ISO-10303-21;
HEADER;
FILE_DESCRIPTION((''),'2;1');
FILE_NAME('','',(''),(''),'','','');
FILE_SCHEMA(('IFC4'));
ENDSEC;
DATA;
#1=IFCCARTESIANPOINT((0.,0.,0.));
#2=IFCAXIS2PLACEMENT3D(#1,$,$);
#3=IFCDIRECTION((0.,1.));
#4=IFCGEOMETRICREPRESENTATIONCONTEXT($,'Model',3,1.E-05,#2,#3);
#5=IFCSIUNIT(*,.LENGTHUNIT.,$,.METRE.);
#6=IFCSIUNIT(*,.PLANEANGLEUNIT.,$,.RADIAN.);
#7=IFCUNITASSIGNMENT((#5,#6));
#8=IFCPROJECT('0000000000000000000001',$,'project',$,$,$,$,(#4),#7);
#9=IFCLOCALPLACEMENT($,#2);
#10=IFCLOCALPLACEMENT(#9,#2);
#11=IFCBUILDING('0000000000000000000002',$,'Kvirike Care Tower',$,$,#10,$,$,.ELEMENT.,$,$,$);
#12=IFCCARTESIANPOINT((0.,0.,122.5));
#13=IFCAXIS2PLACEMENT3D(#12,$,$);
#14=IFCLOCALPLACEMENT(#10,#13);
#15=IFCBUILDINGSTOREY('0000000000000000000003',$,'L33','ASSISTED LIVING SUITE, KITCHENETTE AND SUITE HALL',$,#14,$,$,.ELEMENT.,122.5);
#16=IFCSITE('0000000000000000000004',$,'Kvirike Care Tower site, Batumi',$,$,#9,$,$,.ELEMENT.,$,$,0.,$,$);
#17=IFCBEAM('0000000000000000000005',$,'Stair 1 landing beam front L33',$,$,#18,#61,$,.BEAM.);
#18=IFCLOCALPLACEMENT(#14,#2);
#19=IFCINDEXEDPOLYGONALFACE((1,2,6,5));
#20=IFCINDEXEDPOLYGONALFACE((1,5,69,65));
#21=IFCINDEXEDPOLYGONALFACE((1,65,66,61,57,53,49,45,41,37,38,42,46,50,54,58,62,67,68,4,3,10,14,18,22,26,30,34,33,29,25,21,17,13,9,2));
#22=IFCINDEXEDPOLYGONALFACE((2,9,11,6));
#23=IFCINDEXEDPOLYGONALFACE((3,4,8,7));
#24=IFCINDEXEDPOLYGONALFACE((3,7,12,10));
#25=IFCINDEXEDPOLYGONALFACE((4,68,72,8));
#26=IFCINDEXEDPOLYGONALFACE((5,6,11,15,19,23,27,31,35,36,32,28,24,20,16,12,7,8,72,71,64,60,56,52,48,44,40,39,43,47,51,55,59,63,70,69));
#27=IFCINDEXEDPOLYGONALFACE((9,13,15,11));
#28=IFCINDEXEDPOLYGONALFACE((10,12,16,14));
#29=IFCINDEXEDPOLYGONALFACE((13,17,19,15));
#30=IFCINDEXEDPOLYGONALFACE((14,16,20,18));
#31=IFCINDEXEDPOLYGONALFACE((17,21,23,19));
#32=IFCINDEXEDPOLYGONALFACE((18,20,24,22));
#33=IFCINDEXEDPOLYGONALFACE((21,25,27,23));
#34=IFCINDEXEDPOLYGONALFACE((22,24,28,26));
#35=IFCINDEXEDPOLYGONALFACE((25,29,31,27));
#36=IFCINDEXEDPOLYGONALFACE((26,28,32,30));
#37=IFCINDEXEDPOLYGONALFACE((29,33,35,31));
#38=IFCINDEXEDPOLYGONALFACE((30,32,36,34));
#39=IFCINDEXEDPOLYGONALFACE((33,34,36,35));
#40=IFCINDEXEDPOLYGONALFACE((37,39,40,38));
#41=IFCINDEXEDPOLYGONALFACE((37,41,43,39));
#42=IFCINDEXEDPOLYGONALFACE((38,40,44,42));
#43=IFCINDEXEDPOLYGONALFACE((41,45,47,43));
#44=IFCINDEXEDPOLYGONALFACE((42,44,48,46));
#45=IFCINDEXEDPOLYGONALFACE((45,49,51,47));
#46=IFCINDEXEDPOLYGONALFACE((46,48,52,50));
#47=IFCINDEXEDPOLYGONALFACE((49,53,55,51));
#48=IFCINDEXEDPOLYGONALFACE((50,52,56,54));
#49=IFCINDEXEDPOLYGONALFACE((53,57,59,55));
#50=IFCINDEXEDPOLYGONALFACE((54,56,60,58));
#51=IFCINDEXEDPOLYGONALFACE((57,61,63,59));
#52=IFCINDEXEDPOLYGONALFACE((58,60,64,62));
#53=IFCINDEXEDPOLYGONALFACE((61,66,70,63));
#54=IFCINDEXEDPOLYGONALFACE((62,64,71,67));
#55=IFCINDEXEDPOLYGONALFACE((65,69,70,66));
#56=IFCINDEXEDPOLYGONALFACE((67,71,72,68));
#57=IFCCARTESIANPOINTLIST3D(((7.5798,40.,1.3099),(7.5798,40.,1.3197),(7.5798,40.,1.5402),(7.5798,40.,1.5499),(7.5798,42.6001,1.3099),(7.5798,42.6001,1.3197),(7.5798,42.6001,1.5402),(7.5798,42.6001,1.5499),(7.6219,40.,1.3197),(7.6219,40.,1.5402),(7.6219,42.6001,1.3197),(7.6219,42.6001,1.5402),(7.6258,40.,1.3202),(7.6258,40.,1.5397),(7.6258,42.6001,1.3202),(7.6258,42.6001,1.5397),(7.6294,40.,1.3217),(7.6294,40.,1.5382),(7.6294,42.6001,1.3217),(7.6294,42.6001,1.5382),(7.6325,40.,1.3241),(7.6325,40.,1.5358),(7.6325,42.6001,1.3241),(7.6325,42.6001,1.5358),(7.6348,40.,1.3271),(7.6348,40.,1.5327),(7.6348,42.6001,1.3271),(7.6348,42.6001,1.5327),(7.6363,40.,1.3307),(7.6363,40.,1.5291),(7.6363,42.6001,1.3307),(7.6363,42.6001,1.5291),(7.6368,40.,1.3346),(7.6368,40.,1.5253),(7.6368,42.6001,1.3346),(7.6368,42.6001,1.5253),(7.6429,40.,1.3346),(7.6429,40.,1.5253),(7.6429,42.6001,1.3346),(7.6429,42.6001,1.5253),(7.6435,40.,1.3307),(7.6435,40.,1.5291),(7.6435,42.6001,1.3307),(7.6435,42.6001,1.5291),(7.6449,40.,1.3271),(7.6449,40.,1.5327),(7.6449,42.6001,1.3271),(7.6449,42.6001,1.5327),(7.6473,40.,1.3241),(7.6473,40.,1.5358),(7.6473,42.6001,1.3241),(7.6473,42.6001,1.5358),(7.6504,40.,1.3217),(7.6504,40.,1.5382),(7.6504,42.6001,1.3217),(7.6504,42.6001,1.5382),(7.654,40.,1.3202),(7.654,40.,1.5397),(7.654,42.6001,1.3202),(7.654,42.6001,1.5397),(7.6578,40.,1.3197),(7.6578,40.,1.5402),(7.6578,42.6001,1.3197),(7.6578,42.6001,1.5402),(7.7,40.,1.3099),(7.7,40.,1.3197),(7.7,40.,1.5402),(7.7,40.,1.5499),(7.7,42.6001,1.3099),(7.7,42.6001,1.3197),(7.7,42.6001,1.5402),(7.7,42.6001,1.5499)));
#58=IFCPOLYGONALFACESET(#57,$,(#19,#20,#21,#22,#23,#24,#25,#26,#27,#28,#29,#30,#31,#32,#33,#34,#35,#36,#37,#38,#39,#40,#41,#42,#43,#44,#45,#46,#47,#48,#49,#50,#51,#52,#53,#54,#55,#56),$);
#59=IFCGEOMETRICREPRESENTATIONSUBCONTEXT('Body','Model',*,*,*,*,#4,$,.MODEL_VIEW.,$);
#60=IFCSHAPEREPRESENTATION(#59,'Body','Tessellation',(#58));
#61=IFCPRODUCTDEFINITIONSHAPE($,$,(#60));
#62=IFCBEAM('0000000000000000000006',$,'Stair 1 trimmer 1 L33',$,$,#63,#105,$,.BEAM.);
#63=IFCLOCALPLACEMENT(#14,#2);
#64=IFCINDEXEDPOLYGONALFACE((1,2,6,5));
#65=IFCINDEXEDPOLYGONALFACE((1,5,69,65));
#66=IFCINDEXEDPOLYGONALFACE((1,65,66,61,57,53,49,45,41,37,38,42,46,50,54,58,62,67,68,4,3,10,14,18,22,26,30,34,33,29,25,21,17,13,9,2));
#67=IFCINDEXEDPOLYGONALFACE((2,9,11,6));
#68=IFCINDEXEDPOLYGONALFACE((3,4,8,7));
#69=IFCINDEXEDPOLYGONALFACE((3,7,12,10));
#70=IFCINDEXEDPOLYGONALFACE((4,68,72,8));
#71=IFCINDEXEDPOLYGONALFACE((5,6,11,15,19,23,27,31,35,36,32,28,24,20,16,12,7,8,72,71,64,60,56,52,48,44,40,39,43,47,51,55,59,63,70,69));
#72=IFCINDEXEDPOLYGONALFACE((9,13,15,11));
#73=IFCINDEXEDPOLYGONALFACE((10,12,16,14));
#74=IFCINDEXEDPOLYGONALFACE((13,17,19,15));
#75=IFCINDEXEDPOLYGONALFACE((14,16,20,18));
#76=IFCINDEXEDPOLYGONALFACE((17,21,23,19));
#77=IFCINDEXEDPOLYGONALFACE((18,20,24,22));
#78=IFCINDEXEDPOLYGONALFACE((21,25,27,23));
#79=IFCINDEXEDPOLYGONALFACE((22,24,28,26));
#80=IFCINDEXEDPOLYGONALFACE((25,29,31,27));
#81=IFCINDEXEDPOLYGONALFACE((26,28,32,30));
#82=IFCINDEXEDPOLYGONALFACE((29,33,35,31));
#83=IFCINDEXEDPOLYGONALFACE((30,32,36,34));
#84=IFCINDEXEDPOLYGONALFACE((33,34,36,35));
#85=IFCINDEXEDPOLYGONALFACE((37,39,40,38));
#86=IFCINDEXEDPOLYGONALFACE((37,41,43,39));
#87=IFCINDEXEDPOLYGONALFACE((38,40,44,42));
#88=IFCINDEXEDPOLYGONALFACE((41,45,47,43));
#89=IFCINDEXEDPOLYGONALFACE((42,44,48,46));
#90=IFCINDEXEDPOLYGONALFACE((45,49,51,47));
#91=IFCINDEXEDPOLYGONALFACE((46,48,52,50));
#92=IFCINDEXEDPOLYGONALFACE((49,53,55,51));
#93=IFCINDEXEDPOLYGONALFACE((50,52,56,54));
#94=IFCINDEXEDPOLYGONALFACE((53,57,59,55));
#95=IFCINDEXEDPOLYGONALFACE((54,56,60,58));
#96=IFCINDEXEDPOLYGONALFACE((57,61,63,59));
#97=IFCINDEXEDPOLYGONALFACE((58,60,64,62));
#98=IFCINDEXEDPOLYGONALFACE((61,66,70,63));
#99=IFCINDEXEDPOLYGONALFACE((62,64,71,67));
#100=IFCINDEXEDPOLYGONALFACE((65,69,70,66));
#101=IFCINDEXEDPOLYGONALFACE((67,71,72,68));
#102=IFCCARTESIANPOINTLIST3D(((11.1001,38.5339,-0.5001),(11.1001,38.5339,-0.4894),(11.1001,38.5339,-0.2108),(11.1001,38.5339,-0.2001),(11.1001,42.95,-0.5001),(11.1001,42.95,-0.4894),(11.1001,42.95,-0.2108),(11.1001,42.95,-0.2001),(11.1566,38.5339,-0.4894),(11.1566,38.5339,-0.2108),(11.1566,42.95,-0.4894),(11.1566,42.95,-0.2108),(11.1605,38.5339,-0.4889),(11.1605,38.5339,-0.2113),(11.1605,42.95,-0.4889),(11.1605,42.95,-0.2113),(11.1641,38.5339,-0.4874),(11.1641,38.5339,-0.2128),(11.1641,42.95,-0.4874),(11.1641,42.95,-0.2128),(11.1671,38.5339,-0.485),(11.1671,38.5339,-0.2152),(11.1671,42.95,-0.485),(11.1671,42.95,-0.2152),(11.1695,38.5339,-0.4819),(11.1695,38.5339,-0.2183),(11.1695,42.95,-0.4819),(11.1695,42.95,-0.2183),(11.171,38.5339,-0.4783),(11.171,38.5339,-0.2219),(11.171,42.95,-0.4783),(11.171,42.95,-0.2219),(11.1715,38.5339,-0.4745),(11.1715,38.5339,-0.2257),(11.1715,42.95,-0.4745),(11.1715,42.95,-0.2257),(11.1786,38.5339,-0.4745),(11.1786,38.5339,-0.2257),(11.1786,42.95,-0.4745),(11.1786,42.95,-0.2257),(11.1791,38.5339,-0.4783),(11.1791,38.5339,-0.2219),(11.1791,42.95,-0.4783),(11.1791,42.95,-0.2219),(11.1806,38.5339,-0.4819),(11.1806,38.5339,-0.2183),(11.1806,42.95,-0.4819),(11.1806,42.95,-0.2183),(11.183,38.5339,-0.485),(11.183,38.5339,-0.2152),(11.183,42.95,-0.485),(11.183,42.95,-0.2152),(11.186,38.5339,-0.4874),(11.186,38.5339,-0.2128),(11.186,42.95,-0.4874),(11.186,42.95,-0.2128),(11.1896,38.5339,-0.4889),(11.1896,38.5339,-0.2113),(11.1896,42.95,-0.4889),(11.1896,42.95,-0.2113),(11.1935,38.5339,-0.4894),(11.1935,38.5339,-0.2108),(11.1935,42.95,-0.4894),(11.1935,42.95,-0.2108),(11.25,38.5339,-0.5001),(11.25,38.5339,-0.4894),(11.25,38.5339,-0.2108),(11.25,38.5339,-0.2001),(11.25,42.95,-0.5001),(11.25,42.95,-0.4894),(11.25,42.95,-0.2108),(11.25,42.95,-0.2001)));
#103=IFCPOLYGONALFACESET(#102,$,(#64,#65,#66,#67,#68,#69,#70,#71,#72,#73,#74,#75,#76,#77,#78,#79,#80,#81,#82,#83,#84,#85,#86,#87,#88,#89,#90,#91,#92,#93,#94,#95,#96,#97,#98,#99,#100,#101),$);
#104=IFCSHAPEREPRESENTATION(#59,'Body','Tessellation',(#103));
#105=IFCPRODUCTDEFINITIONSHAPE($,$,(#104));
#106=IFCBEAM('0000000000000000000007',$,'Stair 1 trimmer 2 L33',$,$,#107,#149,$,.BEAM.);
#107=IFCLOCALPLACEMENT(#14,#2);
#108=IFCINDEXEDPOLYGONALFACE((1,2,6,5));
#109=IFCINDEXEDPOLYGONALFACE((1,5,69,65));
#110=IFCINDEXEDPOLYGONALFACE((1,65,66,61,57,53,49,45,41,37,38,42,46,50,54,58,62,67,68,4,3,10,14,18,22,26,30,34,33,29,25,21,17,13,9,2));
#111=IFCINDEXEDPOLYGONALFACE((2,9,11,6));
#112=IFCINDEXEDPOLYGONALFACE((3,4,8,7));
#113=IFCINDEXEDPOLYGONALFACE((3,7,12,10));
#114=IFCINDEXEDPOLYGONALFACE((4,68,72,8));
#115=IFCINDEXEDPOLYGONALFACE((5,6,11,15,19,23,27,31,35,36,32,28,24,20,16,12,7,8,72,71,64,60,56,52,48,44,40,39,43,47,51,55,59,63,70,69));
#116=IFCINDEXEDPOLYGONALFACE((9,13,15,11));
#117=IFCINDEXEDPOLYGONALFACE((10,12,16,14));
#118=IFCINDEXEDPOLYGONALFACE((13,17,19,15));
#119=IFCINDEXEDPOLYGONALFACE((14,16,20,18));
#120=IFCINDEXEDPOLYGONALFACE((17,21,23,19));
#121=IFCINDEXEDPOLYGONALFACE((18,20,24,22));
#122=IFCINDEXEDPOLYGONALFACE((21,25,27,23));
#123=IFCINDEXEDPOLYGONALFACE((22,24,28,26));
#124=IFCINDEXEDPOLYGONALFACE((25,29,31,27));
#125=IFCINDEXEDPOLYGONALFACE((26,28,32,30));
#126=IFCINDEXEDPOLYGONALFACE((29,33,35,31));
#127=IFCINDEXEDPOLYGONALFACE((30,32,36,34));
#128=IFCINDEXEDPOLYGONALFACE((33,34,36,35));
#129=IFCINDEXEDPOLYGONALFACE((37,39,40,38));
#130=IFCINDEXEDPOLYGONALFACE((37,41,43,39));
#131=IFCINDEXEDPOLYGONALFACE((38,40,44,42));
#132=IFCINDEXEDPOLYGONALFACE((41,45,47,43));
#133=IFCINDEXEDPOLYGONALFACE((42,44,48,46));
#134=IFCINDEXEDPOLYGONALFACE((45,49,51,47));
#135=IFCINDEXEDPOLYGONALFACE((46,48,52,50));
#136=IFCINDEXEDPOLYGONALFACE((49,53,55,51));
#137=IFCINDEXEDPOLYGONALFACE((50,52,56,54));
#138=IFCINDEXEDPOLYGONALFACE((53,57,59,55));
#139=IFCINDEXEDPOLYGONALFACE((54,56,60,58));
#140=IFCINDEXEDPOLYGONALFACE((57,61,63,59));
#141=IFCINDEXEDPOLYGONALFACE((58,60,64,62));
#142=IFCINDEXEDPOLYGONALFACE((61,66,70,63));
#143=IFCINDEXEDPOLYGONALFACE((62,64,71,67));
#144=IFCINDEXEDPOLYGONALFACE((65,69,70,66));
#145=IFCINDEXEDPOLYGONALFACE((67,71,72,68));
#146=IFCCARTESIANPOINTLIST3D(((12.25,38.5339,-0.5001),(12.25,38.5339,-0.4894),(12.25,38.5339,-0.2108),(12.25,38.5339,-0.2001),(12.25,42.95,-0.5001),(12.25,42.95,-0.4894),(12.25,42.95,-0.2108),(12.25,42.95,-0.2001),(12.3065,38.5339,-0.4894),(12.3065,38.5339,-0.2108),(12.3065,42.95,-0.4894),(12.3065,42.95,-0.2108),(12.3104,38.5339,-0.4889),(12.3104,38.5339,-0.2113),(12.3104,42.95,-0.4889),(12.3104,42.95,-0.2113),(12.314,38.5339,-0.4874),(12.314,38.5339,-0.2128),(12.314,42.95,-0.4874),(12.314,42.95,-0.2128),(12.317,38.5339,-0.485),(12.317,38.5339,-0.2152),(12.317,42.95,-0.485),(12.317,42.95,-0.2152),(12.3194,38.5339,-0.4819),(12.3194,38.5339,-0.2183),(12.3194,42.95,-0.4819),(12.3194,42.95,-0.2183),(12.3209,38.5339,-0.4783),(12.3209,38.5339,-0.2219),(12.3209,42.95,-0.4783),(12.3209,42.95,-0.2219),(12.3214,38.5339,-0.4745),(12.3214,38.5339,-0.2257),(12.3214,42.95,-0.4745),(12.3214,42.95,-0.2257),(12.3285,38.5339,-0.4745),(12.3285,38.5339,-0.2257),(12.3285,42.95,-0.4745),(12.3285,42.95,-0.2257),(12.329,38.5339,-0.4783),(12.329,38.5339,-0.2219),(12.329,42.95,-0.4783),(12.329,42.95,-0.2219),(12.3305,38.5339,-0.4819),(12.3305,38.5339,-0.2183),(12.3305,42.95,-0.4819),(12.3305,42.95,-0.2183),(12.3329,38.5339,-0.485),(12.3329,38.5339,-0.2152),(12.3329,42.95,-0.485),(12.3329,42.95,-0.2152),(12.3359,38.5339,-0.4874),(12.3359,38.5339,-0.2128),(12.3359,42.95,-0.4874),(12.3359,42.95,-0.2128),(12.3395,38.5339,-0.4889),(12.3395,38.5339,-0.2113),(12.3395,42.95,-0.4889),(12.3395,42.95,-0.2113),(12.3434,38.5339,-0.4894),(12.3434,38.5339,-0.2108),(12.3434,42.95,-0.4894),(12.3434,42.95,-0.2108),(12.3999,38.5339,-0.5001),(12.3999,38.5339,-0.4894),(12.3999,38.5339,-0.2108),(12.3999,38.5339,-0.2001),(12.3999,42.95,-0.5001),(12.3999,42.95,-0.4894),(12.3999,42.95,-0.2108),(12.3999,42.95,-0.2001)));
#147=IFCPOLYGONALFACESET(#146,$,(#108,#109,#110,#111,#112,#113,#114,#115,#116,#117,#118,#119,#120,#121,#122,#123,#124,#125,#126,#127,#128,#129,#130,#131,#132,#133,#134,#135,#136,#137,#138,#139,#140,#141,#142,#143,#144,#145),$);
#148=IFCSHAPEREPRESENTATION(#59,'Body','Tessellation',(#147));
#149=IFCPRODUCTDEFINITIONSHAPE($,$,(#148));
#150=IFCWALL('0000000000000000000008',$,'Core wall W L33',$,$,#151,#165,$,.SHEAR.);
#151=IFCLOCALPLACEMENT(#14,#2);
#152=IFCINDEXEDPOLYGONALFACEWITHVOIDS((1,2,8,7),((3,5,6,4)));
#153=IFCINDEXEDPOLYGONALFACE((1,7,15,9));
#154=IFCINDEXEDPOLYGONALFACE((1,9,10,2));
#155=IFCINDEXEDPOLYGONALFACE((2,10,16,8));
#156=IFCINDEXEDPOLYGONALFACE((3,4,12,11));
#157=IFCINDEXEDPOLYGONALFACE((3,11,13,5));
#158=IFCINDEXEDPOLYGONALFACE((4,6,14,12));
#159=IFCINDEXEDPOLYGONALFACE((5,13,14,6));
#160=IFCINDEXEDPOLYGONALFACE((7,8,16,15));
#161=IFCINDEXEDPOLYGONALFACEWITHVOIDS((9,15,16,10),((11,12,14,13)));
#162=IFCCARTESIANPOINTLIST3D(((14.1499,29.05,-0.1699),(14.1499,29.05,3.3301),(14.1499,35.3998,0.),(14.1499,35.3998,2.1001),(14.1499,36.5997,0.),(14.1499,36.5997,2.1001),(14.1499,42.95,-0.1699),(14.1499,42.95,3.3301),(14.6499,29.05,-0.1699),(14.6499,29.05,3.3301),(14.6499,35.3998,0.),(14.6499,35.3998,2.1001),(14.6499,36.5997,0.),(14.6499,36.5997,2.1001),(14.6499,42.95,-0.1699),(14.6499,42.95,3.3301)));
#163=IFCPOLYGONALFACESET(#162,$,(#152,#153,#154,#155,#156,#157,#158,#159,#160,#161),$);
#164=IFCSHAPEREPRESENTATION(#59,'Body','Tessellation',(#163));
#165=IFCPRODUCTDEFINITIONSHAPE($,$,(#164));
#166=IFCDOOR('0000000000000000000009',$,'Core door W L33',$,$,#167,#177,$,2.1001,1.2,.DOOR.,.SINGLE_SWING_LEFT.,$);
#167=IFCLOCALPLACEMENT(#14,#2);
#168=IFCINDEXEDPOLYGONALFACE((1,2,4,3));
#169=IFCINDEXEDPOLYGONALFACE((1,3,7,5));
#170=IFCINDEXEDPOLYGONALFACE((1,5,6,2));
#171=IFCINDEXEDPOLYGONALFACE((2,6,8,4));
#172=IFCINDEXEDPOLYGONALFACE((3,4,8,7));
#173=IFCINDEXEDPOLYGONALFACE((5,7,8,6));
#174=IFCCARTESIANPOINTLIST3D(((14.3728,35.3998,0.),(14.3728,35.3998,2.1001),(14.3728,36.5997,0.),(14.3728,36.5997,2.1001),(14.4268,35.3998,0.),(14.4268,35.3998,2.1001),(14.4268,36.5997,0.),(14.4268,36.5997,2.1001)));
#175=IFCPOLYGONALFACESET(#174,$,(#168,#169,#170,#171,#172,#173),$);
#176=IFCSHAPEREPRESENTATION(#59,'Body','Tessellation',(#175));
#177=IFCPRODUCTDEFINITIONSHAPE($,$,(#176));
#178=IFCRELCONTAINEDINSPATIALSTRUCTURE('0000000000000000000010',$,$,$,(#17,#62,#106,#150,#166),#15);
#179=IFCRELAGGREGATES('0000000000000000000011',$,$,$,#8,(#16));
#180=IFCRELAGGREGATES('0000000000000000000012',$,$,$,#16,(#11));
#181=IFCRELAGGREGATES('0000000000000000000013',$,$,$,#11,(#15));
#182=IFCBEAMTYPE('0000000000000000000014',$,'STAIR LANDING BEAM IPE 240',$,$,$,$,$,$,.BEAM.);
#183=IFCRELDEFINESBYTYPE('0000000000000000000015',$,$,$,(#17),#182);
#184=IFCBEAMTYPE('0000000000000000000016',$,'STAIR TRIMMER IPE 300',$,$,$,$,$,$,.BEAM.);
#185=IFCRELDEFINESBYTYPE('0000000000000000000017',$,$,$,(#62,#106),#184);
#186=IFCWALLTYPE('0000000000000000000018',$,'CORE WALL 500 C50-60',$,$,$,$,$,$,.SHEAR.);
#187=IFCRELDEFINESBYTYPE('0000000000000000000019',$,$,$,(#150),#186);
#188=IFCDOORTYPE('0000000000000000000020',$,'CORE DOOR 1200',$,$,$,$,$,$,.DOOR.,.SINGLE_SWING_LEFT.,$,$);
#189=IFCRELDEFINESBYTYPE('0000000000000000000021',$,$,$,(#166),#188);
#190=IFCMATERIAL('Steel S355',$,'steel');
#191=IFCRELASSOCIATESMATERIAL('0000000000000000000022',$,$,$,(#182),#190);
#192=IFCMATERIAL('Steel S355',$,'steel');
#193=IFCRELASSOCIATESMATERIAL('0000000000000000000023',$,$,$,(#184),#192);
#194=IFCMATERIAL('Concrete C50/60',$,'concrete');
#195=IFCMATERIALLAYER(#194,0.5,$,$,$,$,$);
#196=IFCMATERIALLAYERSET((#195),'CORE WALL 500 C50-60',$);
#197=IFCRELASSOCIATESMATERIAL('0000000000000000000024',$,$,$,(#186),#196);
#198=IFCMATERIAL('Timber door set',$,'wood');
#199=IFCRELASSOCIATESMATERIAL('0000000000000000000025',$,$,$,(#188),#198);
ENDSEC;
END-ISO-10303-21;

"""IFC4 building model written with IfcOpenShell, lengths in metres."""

from ifc_helpers import new_model, si_unit, direction, frame, frame_2d, origin, origin_2d, place, context, subcontext, project, spatial, rectangle, i_section, extrude, material, layer, layer_set, material_profile, profile_set, type_object, element, fill, save


model = new_model("IFC4")

# Units and contexts
model_context = context("Model", 3, precision=1e-05, world=origin(), true_north=direction((0.0, 1.0)))
body_context = subcontext(model_context, "Body", "Model", "MODEL_VIEW")
ifc_project = project(units=[si_unit("LENGTHUNIT", "METRE"), si_unit("PLANEANGLEUNIT", "RADIAN")], contexts=[model_context])

# Site, building, storey
site_placement = place(None, origin())
site = spatial("IfcSite", under=ifc_project, at=site_placement, Name="Kvirike Care Tower site, Batumi", CompositionType="ELEMENT", RefElevation=0.0)
building_placement = place(site_placement, origin())
building = spatial("IfcBuilding", under=site, at=building_placement, Name="Kvirike Care Tower", CompositionType="ELEMENT")
storey_placement = place(building_placement, frame((0.0, 0.0, 122.5)))
storey = spatial("IfcBuildingStorey", under=building, at=storey_placement, Name="L33", Description="ASSISTED LIVING SUITE, KITCHENETTE AND SUITE HALL", CompositionType="ELEMENT", Elevation=122.5)

# Beams
ifc_material_1 = material(Name="Steel S355", Category="steel")
ifc_material_profile_1 = material_profile(ifc_material_1, i_section(OverallWidth=0.1201, OverallDepth=0.24, WebThickness=0.0061, FlangeThickness=0.0098, FilletRadius=0.0149, at=origin_2d()), Name="IPE 240")
ifc_profile_set_1 = profile_set([ifc_material_profile_1], Name="Steel S355")
beam_type_1 = type_object("IfcBeamType", Name="STAIR LANDING BEAM IPE 240", PredefinedType="BEAM", material=ifc_profile_set_1)
for number, where, z_axis, x_axis, name in (
    (1, (7.6399, 42.6001, 1.4299), (0.0, -1.0, 0.0), (1.0, 0.0, 0.0), "Stair 1 landing beam front L33"),
):
    element("IfcBeam", number, at=place(storey_placement, frame(where, z_axis=z_axis, x_axis=x_axis)), inside=storey, type_object=beam_type_1, Name=name, PredefinedType="BEAM", context=body_context, shape_type="SweptSolid", body=[
        extrude(i_section(OverallWidth=0.1201, OverallDepth=0.24, WebThickness=0.0061, FlangeThickness=0.0098, FilletRadius=0.0149, at=origin_2d()), origin(), (0.0, 0.0, 1.0), 2.6001),
    ])
ifc_material_2 = material(Name="Steel S355", Category="steel")
ifc_material_profile_2 = material_profile(ifc_material_2, i_section(OverallWidth=0.1499, OverallDepth=0.3, WebThickness=0.0071, FlangeThickness=0.0107, FilletRadius=0.0149, at=origin_2d()), Name="IPE 300")
ifc_profile_set_2 = profile_set([ifc_material_profile_2], Name="Steel S355")
beam_type_2 = type_object("IfcBeamType", Name="STAIR TRIMMER IPE 300", PredefinedType="BEAM", material=ifc_profile_set_2)
for number, where, z_axis, x_axis, name in (
    (2, (11.175, 42.95, -0.3501), (0.0, -1.0, 0.0), (1.0, 0.0, 0.0), "Stair 1 trimmer 1 L33"),
    (3, (12.325, 42.95, -0.3501), (0.0, -1.0, 0.0), (1.0, 0.0, 0.0), "Stair 1 trimmer 2 L33"),
):
    element("IfcBeam", number, at=place(storey_placement, frame(where, z_axis=z_axis, x_axis=x_axis)), inside=storey, type_object=beam_type_2, Name=name, PredefinedType="BEAM", context=body_context, shape_type="SweptSolid", body=[
        extrude(i_section(OverallWidth=0.1499, OverallDepth=0.3, WebThickness=0.0071, FlangeThickness=0.0107, FilletRadius=0.0149, at=origin_2d()), origin(), (0.0, 0.0, 1.0), 4.416),
    ])

# Wall, opening, door
ifc_material_3 = material(Name="Concrete C50/60", Category="concrete")
ifc_layer_1 = layer(ifc_material_3, 0.5)
ifc_layer_set_1 = layer_set([ifc_layer_1], Name="CORE WALL 500 C50-60")
wall_type_1 = type_object("IfcWallType", Name="CORE WALL 500 C50-60", PredefinedType="SHEAR", material=ifc_layer_set_1)
wall_1_placement = place(storey_placement, frame((14.3999, 42.95, -0.1699), z_axis=(0.0, 0.0, 1.0), x_axis=(0.0, -1.0, 0.0)))
wall_1 = element("IfcWall", 4, at=wall_1_placement, inside=storey, type_object=wall_type_1, Name="Core wall W L33", PredefinedType="SHEAR", context=body_context, shape_type="SweptSolid", body=[
    extrude(rectangle(XDim=13.8999, YDim=0.5, at=frame_2d((6.95, 0.0))), origin(), (0.0, 0.0, 1.0), 3.5),
])
opening_1_placement = place(wall_1_placement, frame((6.3501, 0.0, 0.1699)))
opening_1 = element("IfcOpeningElement", 5, at=opening_1_placement, cuts=wall_1, PredefinedType="OPENING", context=body_context, shape_type="SweptSolid", body=[
    extrude(rectangle(XDim=1.2, YDim=2.1001, at=frame_2d((0.6001, 1.05))), frame((0.0, 0.2605, 0.0), z_axis=(0.0, -1.0, 0.0), x_axis=(1.0, 0.0, 0.0)), (0.0, 0.0, 1.0), 0.521),
])
ifc_material_4 = material(Name="Timber door set", Category="wood")
door_type_1 = type_object("IfcDoorType", Name="CORE DOOR 1200", OperationType="SINGLE_SWING_LEFT", PredefinedType="DOOR", material=ifc_material_4)
door_1_placement = place(opening_1_placement, origin())
door_1 = element("IfcDoor", 6, at=door_1_placement, inside=storey, type_object=door_type_1, Name="Core door W L33", OperationType="SINGLE_SWING_LEFT", OverallHeight=2.1001, OverallWidth=1.2, PredefinedType="DOOR", context=body_context, shape_type="SweptSolid", body=[
    extrude(rectangle(XDim=1.2, YDim=2.1001, at=frame_2d((0.6001, 1.05))), frame((0.0, 0.0269, 0.0), z_axis=(0.0, -1.0, 0.0), x_axis=(1.0, 0.0, 0.0)), (0.0, 0.0, 1.0), 0.054),
])
fill(opening_1, door_1)

save(model, "model.ifc")
